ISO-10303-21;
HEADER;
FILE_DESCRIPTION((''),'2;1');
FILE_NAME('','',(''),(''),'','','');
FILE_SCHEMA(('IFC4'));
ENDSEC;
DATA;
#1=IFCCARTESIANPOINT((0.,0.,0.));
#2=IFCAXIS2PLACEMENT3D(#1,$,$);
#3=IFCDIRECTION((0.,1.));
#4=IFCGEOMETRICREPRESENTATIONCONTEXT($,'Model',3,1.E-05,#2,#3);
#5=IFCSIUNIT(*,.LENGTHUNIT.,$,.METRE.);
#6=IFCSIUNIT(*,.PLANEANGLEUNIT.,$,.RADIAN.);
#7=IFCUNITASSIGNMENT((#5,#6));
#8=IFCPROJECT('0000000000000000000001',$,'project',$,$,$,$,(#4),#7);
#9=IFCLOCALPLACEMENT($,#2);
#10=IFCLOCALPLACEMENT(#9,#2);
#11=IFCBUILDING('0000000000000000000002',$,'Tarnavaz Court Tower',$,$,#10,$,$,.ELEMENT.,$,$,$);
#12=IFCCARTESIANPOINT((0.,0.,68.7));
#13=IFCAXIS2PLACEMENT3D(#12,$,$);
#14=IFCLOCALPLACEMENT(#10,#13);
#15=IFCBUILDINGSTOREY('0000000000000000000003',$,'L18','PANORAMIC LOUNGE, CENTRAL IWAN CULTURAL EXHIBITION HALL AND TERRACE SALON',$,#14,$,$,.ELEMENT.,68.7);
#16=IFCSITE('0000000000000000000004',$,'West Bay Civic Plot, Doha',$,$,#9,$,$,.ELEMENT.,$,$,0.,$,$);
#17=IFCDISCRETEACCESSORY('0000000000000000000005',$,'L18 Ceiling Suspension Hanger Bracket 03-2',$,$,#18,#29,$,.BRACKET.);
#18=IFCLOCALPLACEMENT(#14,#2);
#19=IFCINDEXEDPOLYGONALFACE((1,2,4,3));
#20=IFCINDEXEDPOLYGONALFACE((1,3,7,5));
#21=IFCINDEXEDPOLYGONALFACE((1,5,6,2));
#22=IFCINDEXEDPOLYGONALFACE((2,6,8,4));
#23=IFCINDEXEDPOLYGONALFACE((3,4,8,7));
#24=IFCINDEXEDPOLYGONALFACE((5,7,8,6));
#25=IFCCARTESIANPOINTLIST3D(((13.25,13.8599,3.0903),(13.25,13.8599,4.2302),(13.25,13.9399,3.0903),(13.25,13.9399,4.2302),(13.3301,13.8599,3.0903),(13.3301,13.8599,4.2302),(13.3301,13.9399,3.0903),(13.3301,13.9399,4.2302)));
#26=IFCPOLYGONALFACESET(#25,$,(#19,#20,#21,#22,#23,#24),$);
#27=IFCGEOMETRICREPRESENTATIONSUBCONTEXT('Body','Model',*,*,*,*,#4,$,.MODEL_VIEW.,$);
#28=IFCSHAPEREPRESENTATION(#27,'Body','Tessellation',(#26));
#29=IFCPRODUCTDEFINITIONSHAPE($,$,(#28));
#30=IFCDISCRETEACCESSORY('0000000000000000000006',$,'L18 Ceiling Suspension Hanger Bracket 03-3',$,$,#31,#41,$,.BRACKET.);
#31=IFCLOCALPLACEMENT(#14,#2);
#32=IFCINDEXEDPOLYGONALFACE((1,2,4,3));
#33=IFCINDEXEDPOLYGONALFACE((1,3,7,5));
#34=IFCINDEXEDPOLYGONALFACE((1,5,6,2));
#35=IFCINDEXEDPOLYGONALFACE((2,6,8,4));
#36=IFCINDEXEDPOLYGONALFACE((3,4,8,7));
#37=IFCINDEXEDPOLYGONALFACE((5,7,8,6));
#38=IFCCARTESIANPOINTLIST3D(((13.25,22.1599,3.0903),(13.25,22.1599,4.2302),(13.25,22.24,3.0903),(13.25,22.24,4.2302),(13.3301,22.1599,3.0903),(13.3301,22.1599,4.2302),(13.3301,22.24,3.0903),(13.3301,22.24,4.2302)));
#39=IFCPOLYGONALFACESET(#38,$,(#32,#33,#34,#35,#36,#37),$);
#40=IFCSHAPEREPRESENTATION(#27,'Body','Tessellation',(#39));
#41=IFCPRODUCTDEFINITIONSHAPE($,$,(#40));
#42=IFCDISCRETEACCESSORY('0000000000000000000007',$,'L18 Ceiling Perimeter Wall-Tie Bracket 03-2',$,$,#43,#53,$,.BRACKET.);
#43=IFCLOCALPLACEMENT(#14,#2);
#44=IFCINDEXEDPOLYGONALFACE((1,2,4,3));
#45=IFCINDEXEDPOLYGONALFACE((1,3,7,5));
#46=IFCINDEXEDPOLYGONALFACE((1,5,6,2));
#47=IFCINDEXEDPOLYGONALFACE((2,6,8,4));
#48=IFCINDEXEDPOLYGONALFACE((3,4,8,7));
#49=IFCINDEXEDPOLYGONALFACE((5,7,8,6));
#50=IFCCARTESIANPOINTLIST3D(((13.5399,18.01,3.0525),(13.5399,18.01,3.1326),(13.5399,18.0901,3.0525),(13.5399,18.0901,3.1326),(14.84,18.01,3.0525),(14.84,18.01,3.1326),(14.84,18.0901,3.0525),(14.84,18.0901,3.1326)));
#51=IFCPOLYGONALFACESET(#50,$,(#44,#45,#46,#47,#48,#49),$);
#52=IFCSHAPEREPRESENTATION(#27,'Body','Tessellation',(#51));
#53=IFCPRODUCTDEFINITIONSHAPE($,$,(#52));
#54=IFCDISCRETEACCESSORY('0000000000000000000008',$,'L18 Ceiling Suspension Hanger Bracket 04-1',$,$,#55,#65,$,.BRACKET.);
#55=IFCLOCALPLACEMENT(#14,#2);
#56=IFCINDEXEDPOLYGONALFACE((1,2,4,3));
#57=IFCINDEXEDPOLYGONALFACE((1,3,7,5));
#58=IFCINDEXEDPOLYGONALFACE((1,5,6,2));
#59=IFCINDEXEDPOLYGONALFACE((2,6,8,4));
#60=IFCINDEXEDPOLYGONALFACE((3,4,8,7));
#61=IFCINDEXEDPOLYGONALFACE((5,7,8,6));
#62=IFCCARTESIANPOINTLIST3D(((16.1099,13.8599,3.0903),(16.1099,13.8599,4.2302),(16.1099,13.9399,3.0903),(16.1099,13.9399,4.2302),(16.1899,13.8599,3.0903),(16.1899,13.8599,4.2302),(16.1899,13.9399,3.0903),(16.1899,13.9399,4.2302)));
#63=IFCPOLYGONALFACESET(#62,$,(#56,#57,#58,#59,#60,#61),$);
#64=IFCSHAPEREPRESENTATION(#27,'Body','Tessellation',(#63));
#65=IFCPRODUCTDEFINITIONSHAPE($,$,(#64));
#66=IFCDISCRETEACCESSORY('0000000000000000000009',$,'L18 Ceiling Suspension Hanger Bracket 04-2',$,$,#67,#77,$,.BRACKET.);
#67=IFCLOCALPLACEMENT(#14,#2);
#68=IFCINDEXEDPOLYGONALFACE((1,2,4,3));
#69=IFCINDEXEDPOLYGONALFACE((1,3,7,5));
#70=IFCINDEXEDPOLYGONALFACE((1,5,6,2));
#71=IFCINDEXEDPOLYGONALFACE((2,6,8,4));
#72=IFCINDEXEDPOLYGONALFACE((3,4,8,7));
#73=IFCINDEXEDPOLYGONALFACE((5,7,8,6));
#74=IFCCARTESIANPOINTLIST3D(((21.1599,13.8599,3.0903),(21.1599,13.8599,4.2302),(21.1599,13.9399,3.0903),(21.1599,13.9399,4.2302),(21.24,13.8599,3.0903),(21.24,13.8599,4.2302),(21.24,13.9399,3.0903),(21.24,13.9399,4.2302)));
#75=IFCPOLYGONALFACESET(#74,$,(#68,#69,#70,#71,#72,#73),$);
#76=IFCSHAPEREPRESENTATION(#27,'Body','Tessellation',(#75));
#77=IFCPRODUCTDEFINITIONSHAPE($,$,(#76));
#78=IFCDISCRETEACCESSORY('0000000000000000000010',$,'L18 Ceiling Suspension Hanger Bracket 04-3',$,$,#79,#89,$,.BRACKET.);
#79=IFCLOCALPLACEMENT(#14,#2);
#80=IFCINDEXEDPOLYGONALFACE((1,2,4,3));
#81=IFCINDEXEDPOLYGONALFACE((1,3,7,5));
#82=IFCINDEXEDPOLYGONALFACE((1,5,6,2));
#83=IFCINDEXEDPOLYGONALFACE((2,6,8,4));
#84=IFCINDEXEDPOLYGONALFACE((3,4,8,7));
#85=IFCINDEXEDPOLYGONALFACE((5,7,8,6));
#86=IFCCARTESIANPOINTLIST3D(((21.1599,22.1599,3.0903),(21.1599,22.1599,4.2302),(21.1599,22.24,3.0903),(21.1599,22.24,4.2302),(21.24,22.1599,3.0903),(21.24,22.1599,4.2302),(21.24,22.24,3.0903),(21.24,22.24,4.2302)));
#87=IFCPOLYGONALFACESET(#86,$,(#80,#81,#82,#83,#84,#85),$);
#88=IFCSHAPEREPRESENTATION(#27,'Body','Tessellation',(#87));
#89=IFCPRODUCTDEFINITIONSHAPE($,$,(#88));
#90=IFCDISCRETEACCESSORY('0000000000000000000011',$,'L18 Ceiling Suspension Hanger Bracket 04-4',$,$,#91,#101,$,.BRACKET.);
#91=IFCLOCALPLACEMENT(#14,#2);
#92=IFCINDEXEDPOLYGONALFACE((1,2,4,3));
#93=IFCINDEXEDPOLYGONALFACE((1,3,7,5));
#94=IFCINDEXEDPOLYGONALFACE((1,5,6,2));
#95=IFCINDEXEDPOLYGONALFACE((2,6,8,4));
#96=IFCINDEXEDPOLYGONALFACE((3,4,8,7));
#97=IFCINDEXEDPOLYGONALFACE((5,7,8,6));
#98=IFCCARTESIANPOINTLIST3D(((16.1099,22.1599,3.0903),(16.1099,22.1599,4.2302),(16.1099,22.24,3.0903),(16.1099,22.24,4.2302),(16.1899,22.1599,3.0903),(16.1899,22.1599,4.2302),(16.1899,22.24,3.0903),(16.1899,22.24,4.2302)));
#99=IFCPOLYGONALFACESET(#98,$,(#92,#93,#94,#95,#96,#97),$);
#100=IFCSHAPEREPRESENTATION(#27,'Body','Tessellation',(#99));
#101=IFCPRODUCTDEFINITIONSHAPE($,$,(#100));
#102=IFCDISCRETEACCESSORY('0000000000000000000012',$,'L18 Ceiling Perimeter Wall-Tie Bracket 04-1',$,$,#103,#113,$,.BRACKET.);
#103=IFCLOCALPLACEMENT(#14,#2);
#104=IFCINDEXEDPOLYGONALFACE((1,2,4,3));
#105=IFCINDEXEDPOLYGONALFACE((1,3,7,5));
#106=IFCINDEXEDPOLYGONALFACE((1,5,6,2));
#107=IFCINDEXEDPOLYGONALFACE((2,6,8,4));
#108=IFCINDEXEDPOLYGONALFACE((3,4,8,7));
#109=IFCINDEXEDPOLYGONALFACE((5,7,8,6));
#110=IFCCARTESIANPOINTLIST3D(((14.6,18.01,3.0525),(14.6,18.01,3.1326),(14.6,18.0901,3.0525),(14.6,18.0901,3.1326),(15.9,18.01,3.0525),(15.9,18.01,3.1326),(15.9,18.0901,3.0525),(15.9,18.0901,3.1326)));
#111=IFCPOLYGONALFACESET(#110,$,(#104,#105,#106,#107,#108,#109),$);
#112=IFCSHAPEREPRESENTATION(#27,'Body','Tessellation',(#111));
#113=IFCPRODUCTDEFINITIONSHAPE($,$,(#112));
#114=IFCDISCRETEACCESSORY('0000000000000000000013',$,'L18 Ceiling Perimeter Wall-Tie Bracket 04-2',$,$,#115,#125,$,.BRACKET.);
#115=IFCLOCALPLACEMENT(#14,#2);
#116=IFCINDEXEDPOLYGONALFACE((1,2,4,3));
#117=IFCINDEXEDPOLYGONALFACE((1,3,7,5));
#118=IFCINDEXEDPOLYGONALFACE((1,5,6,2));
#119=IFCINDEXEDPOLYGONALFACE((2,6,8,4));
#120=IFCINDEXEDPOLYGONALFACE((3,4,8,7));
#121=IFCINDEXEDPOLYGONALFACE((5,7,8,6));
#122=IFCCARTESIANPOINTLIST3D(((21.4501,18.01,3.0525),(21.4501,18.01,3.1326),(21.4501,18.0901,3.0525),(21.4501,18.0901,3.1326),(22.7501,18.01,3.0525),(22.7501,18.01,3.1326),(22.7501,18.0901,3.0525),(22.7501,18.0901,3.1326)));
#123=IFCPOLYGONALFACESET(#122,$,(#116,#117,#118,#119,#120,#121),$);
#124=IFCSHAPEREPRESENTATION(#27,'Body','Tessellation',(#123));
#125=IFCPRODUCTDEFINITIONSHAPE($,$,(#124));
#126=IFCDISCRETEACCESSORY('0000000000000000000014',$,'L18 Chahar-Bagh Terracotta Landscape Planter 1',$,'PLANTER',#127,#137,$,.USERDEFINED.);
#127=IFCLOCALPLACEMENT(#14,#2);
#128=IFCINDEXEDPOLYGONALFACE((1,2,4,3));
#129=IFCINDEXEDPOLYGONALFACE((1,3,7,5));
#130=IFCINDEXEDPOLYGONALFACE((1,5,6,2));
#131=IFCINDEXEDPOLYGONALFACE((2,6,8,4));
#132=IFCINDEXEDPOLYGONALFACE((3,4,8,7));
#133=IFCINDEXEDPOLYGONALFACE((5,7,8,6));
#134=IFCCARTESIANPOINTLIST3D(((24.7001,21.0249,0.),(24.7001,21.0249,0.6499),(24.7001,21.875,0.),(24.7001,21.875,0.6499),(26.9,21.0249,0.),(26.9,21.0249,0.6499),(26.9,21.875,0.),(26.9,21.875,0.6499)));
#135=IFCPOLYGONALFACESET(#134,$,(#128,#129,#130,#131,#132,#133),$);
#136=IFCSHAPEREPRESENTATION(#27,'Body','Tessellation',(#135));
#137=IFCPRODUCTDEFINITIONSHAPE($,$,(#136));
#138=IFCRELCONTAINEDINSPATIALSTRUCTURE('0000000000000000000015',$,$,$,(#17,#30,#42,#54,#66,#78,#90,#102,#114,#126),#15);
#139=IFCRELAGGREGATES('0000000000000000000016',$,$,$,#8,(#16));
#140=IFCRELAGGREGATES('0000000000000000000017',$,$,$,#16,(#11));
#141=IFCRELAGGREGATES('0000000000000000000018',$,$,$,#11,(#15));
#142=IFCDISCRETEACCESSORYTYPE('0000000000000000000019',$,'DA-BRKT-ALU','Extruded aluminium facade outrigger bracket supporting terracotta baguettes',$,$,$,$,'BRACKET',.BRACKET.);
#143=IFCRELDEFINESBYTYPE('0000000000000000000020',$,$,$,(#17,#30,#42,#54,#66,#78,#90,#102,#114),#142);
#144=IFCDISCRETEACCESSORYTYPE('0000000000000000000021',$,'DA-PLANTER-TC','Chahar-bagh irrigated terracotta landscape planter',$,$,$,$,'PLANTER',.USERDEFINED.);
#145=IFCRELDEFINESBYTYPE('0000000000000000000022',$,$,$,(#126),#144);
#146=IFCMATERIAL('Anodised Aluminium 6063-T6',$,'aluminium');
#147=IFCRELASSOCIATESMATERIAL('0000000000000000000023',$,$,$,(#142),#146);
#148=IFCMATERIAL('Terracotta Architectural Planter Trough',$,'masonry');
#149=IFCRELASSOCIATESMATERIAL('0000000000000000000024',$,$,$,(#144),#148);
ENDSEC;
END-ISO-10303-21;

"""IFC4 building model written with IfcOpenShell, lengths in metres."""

from ifc_helpers import new_model, si_unit, direction, frame, origin, origin_2d, place, context, subcontext, project, spatial, rectangle, extrude, material, type_object, element, save


model = new_model("IFC4")

# Units and contexts
model_context = context("Model", 3, precision=1e-05, world=origin(), true_north=direction((0.0, 1.0)))
body_context = subcontext(model_context, "Body", "Model", "MODEL_VIEW")
ifc_project = project(units=[si_unit("LENGTHUNIT", "METRE"), si_unit("PLANEANGLEUNIT", "RADIAN")], contexts=[model_context])

# Site, building, storey
site_placement = place(None, origin())
site = spatial("IfcSite", under=ifc_project, at=site_placement, Name="West Bay Civic Plot, Doha", CompositionType="ELEMENT", RefElevation=0.0)
building_placement = place(site_placement, origin())
building = spatial("IfcBuilding", under=site, at=building_placement, Name="Tarnavaz Court Tower", CompositionType="ELEMENT")
storey_placement = place(building_placement, frame((0.0, 0.0, 68.7)))
storey = spatial("IfcBuildingStorey", under=building, at=storey_placement, Name="L18", Description="PANORAMIC LOUNGE, CENTRAL IWAN CULTURAL EXHIBITION HALL AND TERRACE SALON", CompositionType="ELEMENT", Elevation=68.7)

# Shared definitions
ifc_material_1 = material(Name="Anodised Aluminium 6063-T6", Category="aluminium")

# Discrete accessories
discrete_accessory_type_1 = type_object("IfcDiscreteAccessoryType", Name="DA-BRKT-ALU", Description="Extruded aluminium facade outrigger bracket supporting terracotta baguettes", ElementType="BRACKET", PredefinedType="BRACKET", material=ifc_material_1)
for number, where, z_axis, x_axis, name in (
    (1, (13.29, 13.8999, 3.0903), (0.0, 0.0, 1.0), (1.0, 0.0, 0.0), "L18 Ceiling Suspension Hanger Bracket 03-2"),
    (2, (13.29, 22.2, 3.0903), (0.0, 0.0, 1.0), (1.0, 0.0, 0.0), "L18 Ceiling Suspension Hanger Bracket 03-3"),
):
    element("IfcDiscreteAccessory", number, at=place(storey_placement, frame(where, z_axis=z_axis, x_axis=x_axis)), inside=storey, type_object=discrete_accessory_type_1, Name=name, PredefinedType="BRACKET", context=body_context, shape_type="SweptSolid", body=[
        extrude(rectangle(XDim=0.0801, YDim=0.0801, at=origin_2d()), origin(), (0.0, 0.0, 1.0), 1.1399),
    ])
discrete_accessory_1_placement = place(storey_placement, frame((14.1899, 18.05, 3.0525), z_axis=(0.0, 0.0, 1.0), x_axis=(1.0, 0.0, 0.0)))
element("IfcDiscreteAccessory", 3, at=discrete_accessory_1_placement, inside=storey, type_object=discrete_accessory_type_1, Name="L18 Ceiling Perimeter Wall-Tie Bracket 03-2", PredefinedType="BRACKET", context=body_context, shape_type="SweptSolid", body=[
    extrude(rectangle(XDim=1.3, YDim=0.0801, at=origin_2d()), origin(), (0.0, 0.0, 1.0), 0.0801),
])
for number, where, z_axis, x_axis, name in (
    (4, (16.1499, 13.8999, 3.0903), (0.0, 0.0, 1.0), (1.0, 0.0, 0.0), "L18 Ceiling Suspension Hanger Bracket 04-1"),
    (5, (21.2, 13.8999, 3.0903), (0.0, 0.0, 1.0), (1.0, 0.0, 0.0), "L18 Ceiling Suspension Hanger Bracket 04-2"),
    (6, (21.2, 22.2, 3.0903), (0.0, 0.0, 1.0), (1.0, 0.0, 0.0), "L18 Ceiling Suspension Hanger Bracket 04-3"),
    (7, (16.1499, 22.2, 3.0903), (0.0, 0.0, 1.0), (1.0, 0.0, 0.0), "L18 Ceiling Suspension Hanger Bracket 04-4"),
):
    element("IfcDiscreteAccessory", number, at=place(storey_placement, frame(where, z_axis=z_axis, x_axis=x_axis)), inside=storey, type_object=discrete_accessory_type_1, Name=name, PredefinedType="BRACKET", context=body_context, shape_type="SweptSolid", body=[
        extrude(rectangle(XDim=0.0801, YDim=0.0801, at=origin_2d()), origin(), (0.0, 0.0, 1.0), 1.1399),
    ])
for number, where, z_axis, x_axis, name in (
    (8, (15.25, 18.05, 3.0525), (0.0, 0.0, 1.0), (1.0, 0.0, 0.0), "L18 Ceiling Perimeter Wall-Tie Bracket 04-1"),
    (9, (22.1001, 18.05, 3.0525), (0.0, 0.0, 1.0), (1.0, 0.0, 0.0), "L18 Ceiling Perimeter Wall-Tie Bracket 04-2"),
):
    element("IfcDiscreteAccessory", number, at=place(storey_placement, frame(where, z_axis=z_axis, x_axis=x_axis)), inside=storey, type_object=discrete_accessory_type_1, Name=name, PredefinedType="BRACKET", context=body_context, shape_type="SweptSolid", body=[
        extrude(rectangle(XDim=1.3, YDim=0.0801, at=origin_2d()), origin(), (0.0, 0.0, 1.0), 0.0801),
    ])
ifc_material_2 = material(Name="Terracotta Architectural Planter Trough", Category="masonry")
discrete_accessory_type_2 = type_object("IfcDiscreteAccessoryType", Name="DA-PLANTER-TC", Description="Chahar-bagh irrigated terracotta landscape planter", ElementType="PLANTER", PredefinedType="USERDEFINED", material=ifc_material_2)
discrete_accessory_2_placement = place(storey_placement, frame((25.8, 21.45, 0.0), z_axis=(0.0, 0.0, 1.0), x_axis=(1.0, 0.0, 0.0)))
element("IfcDiscreteAccessory", 10, at=discrete_accessory_2_placement, inside=storey, type_object=discrete_accessory_type_2, Name="L18 Chahar-Bagh Terracotta Landscape Planter 1", ObjectType="PLANTER", PredefinedType="USERDEFINED", context=body_context, shape_type="SweptSolid", body=[
    extrude(rectangle(XDim=2.2, YDim=0.8501, at=origin_2d()), origin(), (0.0, 0.0, 1.0), 0.6499),
])

save(model, "model.ifc")
